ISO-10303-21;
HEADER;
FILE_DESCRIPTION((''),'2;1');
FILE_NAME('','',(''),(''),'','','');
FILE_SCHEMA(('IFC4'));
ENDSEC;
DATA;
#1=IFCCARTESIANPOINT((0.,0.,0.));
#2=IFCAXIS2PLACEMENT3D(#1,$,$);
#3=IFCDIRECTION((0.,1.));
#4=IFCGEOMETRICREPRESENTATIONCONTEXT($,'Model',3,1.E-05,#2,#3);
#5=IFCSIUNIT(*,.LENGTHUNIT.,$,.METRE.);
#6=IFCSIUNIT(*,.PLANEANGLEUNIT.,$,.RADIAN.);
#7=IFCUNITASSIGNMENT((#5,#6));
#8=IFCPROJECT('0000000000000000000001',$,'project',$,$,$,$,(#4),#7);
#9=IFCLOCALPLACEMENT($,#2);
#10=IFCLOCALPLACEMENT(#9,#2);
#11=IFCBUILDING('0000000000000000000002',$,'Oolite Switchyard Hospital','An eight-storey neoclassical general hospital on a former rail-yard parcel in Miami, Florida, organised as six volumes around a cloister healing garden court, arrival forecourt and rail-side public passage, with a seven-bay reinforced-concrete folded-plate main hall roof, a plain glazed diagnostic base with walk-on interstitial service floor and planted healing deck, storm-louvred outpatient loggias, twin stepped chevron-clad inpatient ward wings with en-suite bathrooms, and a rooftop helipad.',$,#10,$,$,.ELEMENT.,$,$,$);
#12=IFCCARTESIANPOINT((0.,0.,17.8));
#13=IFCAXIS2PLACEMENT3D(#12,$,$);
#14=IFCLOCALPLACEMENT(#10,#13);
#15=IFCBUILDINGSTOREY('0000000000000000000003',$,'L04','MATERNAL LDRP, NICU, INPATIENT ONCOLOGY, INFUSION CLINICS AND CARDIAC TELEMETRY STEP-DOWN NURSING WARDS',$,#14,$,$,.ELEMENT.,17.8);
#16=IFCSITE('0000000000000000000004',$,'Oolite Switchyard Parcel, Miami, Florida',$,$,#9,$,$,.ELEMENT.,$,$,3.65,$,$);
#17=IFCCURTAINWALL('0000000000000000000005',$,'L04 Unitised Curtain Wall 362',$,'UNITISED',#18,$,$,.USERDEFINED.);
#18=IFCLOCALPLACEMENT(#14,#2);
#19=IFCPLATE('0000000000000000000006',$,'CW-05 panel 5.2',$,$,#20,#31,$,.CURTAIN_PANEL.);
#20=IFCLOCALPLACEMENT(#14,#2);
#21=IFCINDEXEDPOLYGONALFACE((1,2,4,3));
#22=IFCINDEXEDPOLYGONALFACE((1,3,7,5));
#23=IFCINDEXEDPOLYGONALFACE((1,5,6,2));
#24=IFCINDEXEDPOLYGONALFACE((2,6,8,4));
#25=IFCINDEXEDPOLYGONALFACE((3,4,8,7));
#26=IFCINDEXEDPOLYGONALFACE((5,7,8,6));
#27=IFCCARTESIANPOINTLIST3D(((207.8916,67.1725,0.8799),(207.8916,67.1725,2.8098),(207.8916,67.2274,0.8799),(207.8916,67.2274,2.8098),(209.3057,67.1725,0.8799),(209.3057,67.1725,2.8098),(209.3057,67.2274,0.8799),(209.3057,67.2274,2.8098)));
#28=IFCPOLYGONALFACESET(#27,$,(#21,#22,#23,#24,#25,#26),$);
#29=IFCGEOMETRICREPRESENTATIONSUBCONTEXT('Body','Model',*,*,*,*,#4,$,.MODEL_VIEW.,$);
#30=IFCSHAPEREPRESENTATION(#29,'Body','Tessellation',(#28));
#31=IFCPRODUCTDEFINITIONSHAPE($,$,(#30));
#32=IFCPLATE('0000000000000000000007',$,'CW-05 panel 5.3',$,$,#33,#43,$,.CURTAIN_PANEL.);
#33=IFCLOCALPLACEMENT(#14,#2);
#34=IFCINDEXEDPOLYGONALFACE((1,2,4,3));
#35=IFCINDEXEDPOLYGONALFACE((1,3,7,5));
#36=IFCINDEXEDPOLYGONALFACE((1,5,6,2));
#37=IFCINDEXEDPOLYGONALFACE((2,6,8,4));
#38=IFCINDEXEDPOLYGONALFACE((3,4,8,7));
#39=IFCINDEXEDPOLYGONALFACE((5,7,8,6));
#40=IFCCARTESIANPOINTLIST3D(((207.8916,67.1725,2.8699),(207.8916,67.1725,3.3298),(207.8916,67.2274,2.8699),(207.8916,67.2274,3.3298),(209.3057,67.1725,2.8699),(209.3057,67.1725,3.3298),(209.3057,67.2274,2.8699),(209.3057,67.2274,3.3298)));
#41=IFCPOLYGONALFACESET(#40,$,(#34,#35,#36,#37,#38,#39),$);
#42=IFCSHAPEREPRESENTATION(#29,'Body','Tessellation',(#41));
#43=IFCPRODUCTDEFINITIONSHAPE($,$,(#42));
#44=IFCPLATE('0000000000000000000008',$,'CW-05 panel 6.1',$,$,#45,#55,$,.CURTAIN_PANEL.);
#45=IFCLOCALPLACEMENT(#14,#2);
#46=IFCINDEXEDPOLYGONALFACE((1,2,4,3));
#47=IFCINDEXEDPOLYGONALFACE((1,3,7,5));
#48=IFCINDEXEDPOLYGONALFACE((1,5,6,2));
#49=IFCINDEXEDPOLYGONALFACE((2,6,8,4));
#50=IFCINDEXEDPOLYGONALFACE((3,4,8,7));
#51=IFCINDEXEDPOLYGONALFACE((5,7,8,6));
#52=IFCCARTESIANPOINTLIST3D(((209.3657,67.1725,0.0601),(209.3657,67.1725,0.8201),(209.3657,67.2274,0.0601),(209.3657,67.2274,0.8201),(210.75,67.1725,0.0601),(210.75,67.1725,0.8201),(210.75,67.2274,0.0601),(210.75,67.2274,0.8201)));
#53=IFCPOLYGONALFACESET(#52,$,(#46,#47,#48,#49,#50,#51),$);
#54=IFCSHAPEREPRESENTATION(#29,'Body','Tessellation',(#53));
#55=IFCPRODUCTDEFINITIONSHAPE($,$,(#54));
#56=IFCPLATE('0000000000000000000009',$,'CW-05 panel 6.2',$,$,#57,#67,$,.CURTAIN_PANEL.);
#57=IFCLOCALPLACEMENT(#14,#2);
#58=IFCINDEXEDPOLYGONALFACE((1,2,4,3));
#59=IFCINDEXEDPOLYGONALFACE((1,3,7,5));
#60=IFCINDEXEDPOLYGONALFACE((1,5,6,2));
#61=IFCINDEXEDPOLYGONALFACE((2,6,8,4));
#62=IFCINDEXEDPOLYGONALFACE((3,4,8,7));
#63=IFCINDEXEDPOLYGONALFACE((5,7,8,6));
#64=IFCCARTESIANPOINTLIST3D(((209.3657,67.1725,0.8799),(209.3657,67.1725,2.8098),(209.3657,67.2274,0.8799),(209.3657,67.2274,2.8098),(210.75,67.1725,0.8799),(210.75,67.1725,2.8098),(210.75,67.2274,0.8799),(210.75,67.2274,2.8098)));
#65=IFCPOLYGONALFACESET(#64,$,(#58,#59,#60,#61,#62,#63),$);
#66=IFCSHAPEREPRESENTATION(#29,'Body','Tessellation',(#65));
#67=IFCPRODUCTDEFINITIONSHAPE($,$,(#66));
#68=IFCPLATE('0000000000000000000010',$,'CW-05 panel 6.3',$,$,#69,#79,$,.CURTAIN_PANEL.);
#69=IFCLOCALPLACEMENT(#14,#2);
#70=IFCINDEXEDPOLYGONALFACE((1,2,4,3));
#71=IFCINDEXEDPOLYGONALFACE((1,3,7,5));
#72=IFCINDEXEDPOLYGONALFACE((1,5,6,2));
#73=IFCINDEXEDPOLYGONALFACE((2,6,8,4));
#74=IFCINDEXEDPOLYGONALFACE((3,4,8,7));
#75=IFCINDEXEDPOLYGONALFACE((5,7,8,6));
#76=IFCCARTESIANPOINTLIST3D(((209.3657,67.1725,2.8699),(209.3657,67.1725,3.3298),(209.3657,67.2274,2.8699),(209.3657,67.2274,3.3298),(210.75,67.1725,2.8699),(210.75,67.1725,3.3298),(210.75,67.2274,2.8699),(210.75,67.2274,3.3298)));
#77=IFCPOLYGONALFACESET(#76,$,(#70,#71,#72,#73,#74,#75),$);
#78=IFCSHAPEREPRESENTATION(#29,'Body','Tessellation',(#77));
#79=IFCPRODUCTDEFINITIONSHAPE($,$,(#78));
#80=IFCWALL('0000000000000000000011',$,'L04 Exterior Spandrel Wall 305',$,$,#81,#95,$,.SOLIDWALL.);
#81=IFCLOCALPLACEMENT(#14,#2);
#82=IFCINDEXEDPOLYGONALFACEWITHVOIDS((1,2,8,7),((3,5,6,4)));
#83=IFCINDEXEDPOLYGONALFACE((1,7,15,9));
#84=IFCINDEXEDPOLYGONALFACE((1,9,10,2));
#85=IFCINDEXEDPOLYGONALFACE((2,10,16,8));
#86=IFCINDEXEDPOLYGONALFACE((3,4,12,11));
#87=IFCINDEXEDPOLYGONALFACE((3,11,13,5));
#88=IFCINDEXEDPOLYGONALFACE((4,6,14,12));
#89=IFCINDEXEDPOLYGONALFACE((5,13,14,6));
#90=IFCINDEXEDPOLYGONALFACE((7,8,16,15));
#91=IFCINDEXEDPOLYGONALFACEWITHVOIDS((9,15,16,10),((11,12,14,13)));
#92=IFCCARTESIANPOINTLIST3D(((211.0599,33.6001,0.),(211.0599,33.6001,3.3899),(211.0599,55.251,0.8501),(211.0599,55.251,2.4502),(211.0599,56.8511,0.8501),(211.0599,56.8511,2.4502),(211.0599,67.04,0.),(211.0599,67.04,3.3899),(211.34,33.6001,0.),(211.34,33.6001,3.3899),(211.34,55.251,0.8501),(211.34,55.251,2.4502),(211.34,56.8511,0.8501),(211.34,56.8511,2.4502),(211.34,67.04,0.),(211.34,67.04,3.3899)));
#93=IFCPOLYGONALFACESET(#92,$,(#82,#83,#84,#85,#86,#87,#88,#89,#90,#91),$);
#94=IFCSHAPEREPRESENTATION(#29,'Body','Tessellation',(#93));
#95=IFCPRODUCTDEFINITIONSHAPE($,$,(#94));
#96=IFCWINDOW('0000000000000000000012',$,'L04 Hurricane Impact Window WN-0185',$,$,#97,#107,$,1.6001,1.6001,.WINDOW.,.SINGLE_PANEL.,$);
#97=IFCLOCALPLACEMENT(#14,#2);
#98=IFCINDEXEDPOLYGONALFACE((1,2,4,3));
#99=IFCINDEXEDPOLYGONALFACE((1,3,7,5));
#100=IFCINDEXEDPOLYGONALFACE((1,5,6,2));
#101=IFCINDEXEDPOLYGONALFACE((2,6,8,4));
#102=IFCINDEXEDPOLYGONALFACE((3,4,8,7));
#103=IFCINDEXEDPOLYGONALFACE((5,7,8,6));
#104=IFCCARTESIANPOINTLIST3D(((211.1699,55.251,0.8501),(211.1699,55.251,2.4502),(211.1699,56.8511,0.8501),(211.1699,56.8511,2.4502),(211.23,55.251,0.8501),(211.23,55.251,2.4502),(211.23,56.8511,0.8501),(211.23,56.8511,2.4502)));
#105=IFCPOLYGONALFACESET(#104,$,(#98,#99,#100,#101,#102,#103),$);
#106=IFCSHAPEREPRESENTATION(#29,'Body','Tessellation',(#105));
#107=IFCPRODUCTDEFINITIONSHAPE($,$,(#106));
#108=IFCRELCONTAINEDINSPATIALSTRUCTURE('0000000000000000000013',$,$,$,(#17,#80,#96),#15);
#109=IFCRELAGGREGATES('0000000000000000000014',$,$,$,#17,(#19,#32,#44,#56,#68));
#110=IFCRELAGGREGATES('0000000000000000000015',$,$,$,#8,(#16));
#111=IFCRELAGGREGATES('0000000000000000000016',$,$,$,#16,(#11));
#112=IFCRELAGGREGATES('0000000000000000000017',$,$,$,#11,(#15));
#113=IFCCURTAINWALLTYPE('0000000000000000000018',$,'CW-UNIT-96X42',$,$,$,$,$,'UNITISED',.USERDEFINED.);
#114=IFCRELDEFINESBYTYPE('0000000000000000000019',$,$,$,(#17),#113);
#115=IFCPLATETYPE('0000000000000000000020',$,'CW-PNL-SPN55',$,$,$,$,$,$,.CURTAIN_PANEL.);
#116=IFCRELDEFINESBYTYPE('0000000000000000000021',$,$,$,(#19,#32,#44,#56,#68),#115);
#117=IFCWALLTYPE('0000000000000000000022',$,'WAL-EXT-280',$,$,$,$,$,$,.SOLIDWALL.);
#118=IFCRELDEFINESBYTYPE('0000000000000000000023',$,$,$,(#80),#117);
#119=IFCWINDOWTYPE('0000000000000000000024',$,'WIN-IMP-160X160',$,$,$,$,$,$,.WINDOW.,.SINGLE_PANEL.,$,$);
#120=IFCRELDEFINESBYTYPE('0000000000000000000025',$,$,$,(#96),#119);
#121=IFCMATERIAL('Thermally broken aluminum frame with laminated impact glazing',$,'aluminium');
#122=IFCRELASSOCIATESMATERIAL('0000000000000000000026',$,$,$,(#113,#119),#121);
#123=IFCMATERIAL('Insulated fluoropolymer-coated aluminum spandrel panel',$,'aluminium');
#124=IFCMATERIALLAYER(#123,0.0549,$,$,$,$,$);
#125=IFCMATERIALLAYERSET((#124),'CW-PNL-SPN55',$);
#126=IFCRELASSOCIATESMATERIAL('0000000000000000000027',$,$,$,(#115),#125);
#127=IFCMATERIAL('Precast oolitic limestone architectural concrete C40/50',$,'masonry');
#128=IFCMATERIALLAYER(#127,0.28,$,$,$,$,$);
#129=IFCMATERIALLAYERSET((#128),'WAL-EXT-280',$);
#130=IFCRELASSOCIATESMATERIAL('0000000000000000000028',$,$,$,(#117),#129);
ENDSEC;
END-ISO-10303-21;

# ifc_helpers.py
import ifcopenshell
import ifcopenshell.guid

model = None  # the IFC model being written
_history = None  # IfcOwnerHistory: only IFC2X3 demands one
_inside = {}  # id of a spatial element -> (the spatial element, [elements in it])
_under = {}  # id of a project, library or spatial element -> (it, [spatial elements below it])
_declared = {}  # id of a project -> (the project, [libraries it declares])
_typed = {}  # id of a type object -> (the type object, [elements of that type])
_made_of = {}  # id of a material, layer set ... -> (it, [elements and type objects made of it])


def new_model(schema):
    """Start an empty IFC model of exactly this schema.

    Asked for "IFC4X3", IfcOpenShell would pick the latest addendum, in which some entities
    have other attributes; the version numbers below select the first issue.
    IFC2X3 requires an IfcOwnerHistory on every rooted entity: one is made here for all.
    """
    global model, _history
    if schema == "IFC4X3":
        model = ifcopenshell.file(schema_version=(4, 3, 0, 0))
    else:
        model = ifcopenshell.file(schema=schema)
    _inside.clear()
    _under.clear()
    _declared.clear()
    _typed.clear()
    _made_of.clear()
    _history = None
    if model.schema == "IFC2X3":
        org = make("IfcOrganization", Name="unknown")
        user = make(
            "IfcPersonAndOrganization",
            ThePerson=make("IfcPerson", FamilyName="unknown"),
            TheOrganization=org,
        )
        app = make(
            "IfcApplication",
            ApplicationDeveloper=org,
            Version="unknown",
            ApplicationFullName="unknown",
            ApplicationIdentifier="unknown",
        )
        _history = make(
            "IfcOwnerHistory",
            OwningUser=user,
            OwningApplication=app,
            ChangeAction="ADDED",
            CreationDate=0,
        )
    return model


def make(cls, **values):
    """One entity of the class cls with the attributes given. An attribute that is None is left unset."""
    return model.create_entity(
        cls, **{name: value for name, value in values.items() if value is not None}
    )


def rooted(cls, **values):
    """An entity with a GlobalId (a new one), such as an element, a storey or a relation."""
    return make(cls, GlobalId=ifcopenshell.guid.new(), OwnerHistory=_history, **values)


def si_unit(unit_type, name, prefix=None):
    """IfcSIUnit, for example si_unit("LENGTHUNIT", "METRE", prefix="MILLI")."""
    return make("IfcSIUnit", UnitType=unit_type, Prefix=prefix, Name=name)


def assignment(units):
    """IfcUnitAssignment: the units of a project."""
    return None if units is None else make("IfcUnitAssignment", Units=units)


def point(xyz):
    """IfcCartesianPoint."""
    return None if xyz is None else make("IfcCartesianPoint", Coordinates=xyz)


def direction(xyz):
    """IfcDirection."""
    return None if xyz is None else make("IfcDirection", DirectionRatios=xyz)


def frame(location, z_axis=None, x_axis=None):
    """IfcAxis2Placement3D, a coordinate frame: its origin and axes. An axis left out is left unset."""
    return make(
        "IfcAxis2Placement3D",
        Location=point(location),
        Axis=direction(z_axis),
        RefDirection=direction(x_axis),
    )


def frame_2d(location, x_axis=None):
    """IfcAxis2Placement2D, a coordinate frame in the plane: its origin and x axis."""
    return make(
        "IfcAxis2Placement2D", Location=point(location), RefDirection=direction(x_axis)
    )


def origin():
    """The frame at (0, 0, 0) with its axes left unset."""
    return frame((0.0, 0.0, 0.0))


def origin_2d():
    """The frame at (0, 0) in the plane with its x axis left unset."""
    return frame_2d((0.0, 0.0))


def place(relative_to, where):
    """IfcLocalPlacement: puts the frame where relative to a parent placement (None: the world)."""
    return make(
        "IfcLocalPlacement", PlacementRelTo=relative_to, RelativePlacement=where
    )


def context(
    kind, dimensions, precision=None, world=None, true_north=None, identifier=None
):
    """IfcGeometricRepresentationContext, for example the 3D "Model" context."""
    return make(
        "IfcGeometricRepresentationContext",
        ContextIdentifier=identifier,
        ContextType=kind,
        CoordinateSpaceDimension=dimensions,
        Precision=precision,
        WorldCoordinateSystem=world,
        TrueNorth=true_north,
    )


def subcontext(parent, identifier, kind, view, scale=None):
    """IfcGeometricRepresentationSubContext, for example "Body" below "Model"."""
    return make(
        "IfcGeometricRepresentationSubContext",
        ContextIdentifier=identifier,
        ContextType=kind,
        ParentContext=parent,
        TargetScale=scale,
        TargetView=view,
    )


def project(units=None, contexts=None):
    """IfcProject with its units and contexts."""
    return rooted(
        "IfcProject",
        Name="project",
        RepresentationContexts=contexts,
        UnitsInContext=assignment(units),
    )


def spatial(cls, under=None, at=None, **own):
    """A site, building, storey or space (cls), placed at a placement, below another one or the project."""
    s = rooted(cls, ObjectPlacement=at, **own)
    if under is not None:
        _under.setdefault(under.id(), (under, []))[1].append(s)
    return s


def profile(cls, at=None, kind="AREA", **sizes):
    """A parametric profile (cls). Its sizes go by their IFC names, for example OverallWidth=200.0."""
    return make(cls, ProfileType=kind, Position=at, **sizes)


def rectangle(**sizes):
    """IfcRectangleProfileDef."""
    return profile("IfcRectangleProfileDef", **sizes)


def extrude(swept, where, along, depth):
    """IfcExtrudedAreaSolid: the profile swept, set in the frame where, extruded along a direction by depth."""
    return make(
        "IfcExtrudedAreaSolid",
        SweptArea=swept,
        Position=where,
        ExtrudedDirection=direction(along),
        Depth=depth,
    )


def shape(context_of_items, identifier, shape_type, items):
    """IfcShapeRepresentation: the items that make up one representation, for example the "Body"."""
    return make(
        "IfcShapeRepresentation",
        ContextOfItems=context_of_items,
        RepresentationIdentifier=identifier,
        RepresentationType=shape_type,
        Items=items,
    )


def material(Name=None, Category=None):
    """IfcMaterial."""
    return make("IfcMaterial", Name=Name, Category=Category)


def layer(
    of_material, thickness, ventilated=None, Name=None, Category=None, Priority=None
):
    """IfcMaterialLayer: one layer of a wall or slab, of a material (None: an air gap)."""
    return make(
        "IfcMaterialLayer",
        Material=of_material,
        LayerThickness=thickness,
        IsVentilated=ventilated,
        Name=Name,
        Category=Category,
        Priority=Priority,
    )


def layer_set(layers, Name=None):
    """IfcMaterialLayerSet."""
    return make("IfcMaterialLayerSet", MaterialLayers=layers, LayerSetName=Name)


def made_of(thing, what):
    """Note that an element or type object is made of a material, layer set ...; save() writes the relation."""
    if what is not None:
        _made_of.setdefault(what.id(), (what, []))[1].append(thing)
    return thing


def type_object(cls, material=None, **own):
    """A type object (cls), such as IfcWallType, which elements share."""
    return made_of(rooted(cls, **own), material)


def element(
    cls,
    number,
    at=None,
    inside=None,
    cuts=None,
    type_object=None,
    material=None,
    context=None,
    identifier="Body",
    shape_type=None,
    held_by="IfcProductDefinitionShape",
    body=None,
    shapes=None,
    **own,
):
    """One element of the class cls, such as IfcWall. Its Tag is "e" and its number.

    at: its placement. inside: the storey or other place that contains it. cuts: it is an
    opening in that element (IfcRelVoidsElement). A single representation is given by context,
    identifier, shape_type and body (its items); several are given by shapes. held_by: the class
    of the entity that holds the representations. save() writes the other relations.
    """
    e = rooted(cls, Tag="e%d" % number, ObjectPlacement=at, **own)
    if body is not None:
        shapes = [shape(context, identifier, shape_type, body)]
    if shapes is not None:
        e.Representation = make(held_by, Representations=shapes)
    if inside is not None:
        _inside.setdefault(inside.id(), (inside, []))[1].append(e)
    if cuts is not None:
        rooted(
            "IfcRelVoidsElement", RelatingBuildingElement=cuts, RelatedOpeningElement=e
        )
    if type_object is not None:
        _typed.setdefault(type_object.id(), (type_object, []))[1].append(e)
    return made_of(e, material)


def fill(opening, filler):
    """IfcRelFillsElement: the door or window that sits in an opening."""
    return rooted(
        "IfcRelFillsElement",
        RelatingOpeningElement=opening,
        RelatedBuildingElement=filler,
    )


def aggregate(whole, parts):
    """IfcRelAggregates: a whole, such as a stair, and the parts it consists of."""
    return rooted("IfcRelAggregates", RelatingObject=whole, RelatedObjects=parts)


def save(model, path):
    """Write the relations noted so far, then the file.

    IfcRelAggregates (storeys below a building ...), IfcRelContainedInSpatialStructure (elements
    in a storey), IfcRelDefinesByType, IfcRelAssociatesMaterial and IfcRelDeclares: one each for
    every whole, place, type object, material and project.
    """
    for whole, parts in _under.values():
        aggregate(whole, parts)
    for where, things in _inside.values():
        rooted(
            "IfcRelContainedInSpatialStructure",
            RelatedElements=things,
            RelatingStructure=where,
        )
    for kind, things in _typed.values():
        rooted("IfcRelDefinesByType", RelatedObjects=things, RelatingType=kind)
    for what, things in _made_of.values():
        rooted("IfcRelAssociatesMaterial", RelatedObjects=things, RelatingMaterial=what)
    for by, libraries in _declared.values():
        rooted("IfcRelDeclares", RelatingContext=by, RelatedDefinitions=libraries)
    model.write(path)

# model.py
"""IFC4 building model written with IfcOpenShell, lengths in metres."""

from ifc_helpers import new_model, si_unit, direction, frame, frame_2d, origin, origin_2d, place, context, subcontext, project, spatial, rectangle, extrude, material, layer, layer_set, type_object, element, fill, aggregate, save


model = new_model("IFC4")

# Units and contexts
model_context = context("Model", 3, precision=1e-05, world=origin(), true_north=direction((0.0, 1.0)))
body_context = subcontext(model_context, "Body", "Model", "MODEL_VIEW")
ifc_project = project(units=[si_unit("LENGTHUNIT", "METRE"), si_unit("PLANEANGLEUNIT", "RADIAN")], contexts=[model_context])

# Site, building, storey
site_placement = place(None, origin())
site = spatial("IfcSite", under=ifc_project, at=site_placement, Name="Oolite Switchyard Parcel, Miami, Florida", CompositionType="ELEMENT", RefElevation=3.65)
building_placement = place(site_placement, origin())
building = spatial("IfcBuilding", under=site, at=building_placement, Name="Oolite Switchyard Hospital", Description="An eight-storey neoclassical general hospital on a former rail-yard parcel in Miami, Florida, organised as six volumes around a cloister healing garden court, arrival forecourt and rail-side public passage, with a seven-bay reinforced-concrete folded-plate main hall roof, a plain glazed diagnostic base with walk-on interstitial service floor and planted healing deck, storm-louvred outpatient loggias, twin stepped chevron-clad inpatient ward wings with en-suite bathrooms, and a rooftop helipad.", CompositionType="ELEMENT")
storey_placement = place(building_placement, frame((0.0, 0.0, 17.8)))
storey = spatial("IfcBuildingStorey", under=building, at=storey_placement, Name="L04", Description="MATERNAL LDRP, NICU, INPATIENT ONCOLOGY, INFUSION CLINICS AND CARDIAC TELEMETRY STEP-DOWN NURSING WARDS", CompositionType="ELEMENT", Elevation=17.8)

# Curtain wall, plates
ifc_material_1 = material(Name="Thermally broken aluminum frame with laminated impact glazing", Category="aluminium")
curtain_wall_type = type_object("IfcCurtainWallType", Name="CW-UNIT-96X42", ElementType="UNITISED", PredefinedType="USERDEFINED", material=ifc_material_1)
curtain_wall_placement = place(storey_placement, origin())
curtain_wall = element("IfcCurtainWall", 1, at=curtain_wall_placement, inside=storey, type_object=curtain_wall_type, Name="L04 Unitised Curtain Wall 362", ObjectType="UNITISED", PredefinedType="USERDEFINED")
ifc_material_2 = material(Name="Insulated fluoropolymer-coated aluminum spandrel panel", Category="aluminium")
ifc_layer_1 = layer(ifc_material_2, 0.0549)
ifc_layer_set_1 = layer_set([ifc_layer_1], Name="CW-PNL-SPN55")
plate_type = type_object("IfcPlateType", Name="CW-PNL-SPN55", PredefinedType="CURTAIN_PANEL", material=ifc_layer_set_1)
plate_1_placement = place(storey_placement, frame((208.5986, 67.2, 0.8799), z_axis=(0.0, 0.0, 1.0), x_axis=(1.0, 0.0, 0.0)))
plate_1 = element("IfcPlate", 2, at=plate_1_placement, type_object=plate_type, Name="CW-05 panel 5.2", PredefinedType="CURTAIN_PANEL", context=body_context, shape_type="SweptSolid", body=[
    extrude(rectangle(XDim=1.4141, YDim=0.0549, at=origin_2d()), origin(), (0.0, 0.0, 1.0), 1.9299),
])
plate_2_placement = place(storey_placement, frame((208.5986, 67.2, 2.8699), z_axis=(0.0, 0.0, 1.0), x_axis=(1.0, 0.0, 0.0)))
plate_2 = element("IfcPlate", 3, at=plate_2_placement, type_object=plate_type, Name="CW-05 panel 5.3", PredefinedType="CURTAIN_PANEL", context=body_context, shape_type="SweptSolid", body=[
    extrude(rectangle(XDim=1.4141, YDim=0.0549, at=origin_2d()), origin(), (0.0, 0.0, 1.0), 0.46),
])
plate_3_placement = place(storey_placement, frame((210.0579, 67.2, 0.0601), z_axis=(0.0, 0.0, 1.0), x_axis=(1.0, 0.0, 0.0)))
plate_3 = element("IfcPlate", 4, at=plate_3_placement, type_object=plate_type, Name="CW-05 panel 6.1", PredefinedType="CURTAIN_PANEL", context=body_context, shape_type="SweptSolid", body=[
    extrude(rectangle(XDim=1.3843, YDim=0.0549, at=origin_2d()), origin(), (0.0, 0.0, 1.0), 0.76),
])
plate_4_placement = place(storey_placement, frame((210.0579, 67.2, 0.8799), z_axis=(0.0, 0.0, 1.0), x_axis=(1.0, 0.0, 0.0)))
plate_4 = element("IfcPlate", 5, at=plate_4_placement, type_object=plate_type, Name="CW-05 panel 6.2", PredefinedType="CURTAIN_PANEL", context=body_context, shape_type="SweptSolid", body=[
    extrude(rectangle(XDim=1.3843, YDim=0.0549, at=origin_2d()), origin(), (0.0, 0.0, 1.0), 1.9299),
])
plate_5_placement = place(storey_placement, frame((210.0579, 67.2, 2.8699), z_axis=(0.0, 0.0, 1.0), x_axis=(1.0, 0.0, 0.0)))
plate_5 = element("IfcPlate", 6, at=plate_5_placement, type_object=plate_type, Name="CW-05 panel 6.3", PredefinedType="CURTAIN_PANEL", context=body_context, shape_type="SweptSolid", body=[
    extrude(rectangle(XDim=1.3843, YDim=0.0549, at=origin_2d()), origin(), (0.0, 0.0, 1.0), 0.46),
])
aggregate(curtain_wall, [plate_1, plate_2, plate_3, plate_4, plate_5])

# Wall, opening, window
ifc_material_3 = material(Name="Precast oolitic limestone architectural concrete C40/50", Category="masonry")
ifc_layer_2 = layer(ifc_material_3, 0.28)
ifc_layer_set_2 = layer_set([ifc_layer_2], Name="WAL-EXT-280")
wall_type = type_object("IfcWallType", Name="WAL-EXT-280", PredefinedType="SOLIDWALL", material=ifc_layer_set_2)
wall_placement = place(storey_placement, frame((211.2, 67.04, 0.0), z_axis=(0.0, 0.0, 1.0), x_axis=(0.0, -1.0, 0.0)))
wall = element("IfcWall", 7, at=wall_placement, inside=storey, type_object=wall_type, Name="L04 Exterior Spandrel Wall 305", PredefinedType="SOLIDWALL", context=body_context, shape_type="SweptSolid", body=[
    extrude(rectangle(XDim=33.4399, YDim=0.28, at=frame_2d((16.72, 0.0))), origin(), (0.0, 0.0, 1.0), 3.3899),
])
opening_placement = place(wall_placement, frame((10.189, 0.0, 0.8501)))
opening = element("IfcOpeningElement", 8, at=opening_placement, cuts=wall, PredefinedType="OPENING", context=body_context, shape_type="SweptSolid", body=[
    extrude(rectangle(XDim=1.6001, YDim=1.6001, at=frame_2d((0.8, 0.8))), frame((0.0, 0.1499, 0.0), z_axis=(0.0, -1.0, 0.0), x_axis=(1.0, 0.0, 0.0)), (0.0, 0.0, 1.0), 0.3),
])
window_type = type_object("IfcWindowType", Name="WIN-IMP-160X160", PartitioningType="SINGLE_PANEL", PredefinedType="WINDOW", material=ifc_material_1)
window_placement = place(opening_placement, origin())
window = element("IfcWindow", 9, at=window_placement, inside=storey, type_object=window_type, Name="L04 Hurricane Impact Window WN-0185", OverallHeight=1.6001, OverallWidth=1.6001, PartitioningType="SINGLE_PANEL", PredefinedType="WINDOW", context=body_context, shape_type="SweptSolid", body=[
    extrude(rectangle(XDim=1.6001, YDim=1.6001, at=frame_2d((0.8, 0.8))), frame((0.0, 0.03, 0.0), z_axis=(0.0, -1.0, 0.0), x_axis=(1.0, 0.0, 0.0)), (0.0, 0.0, 1.0), 0.0601),
])
fill(opening, window)

save(model, "model.ifc")
